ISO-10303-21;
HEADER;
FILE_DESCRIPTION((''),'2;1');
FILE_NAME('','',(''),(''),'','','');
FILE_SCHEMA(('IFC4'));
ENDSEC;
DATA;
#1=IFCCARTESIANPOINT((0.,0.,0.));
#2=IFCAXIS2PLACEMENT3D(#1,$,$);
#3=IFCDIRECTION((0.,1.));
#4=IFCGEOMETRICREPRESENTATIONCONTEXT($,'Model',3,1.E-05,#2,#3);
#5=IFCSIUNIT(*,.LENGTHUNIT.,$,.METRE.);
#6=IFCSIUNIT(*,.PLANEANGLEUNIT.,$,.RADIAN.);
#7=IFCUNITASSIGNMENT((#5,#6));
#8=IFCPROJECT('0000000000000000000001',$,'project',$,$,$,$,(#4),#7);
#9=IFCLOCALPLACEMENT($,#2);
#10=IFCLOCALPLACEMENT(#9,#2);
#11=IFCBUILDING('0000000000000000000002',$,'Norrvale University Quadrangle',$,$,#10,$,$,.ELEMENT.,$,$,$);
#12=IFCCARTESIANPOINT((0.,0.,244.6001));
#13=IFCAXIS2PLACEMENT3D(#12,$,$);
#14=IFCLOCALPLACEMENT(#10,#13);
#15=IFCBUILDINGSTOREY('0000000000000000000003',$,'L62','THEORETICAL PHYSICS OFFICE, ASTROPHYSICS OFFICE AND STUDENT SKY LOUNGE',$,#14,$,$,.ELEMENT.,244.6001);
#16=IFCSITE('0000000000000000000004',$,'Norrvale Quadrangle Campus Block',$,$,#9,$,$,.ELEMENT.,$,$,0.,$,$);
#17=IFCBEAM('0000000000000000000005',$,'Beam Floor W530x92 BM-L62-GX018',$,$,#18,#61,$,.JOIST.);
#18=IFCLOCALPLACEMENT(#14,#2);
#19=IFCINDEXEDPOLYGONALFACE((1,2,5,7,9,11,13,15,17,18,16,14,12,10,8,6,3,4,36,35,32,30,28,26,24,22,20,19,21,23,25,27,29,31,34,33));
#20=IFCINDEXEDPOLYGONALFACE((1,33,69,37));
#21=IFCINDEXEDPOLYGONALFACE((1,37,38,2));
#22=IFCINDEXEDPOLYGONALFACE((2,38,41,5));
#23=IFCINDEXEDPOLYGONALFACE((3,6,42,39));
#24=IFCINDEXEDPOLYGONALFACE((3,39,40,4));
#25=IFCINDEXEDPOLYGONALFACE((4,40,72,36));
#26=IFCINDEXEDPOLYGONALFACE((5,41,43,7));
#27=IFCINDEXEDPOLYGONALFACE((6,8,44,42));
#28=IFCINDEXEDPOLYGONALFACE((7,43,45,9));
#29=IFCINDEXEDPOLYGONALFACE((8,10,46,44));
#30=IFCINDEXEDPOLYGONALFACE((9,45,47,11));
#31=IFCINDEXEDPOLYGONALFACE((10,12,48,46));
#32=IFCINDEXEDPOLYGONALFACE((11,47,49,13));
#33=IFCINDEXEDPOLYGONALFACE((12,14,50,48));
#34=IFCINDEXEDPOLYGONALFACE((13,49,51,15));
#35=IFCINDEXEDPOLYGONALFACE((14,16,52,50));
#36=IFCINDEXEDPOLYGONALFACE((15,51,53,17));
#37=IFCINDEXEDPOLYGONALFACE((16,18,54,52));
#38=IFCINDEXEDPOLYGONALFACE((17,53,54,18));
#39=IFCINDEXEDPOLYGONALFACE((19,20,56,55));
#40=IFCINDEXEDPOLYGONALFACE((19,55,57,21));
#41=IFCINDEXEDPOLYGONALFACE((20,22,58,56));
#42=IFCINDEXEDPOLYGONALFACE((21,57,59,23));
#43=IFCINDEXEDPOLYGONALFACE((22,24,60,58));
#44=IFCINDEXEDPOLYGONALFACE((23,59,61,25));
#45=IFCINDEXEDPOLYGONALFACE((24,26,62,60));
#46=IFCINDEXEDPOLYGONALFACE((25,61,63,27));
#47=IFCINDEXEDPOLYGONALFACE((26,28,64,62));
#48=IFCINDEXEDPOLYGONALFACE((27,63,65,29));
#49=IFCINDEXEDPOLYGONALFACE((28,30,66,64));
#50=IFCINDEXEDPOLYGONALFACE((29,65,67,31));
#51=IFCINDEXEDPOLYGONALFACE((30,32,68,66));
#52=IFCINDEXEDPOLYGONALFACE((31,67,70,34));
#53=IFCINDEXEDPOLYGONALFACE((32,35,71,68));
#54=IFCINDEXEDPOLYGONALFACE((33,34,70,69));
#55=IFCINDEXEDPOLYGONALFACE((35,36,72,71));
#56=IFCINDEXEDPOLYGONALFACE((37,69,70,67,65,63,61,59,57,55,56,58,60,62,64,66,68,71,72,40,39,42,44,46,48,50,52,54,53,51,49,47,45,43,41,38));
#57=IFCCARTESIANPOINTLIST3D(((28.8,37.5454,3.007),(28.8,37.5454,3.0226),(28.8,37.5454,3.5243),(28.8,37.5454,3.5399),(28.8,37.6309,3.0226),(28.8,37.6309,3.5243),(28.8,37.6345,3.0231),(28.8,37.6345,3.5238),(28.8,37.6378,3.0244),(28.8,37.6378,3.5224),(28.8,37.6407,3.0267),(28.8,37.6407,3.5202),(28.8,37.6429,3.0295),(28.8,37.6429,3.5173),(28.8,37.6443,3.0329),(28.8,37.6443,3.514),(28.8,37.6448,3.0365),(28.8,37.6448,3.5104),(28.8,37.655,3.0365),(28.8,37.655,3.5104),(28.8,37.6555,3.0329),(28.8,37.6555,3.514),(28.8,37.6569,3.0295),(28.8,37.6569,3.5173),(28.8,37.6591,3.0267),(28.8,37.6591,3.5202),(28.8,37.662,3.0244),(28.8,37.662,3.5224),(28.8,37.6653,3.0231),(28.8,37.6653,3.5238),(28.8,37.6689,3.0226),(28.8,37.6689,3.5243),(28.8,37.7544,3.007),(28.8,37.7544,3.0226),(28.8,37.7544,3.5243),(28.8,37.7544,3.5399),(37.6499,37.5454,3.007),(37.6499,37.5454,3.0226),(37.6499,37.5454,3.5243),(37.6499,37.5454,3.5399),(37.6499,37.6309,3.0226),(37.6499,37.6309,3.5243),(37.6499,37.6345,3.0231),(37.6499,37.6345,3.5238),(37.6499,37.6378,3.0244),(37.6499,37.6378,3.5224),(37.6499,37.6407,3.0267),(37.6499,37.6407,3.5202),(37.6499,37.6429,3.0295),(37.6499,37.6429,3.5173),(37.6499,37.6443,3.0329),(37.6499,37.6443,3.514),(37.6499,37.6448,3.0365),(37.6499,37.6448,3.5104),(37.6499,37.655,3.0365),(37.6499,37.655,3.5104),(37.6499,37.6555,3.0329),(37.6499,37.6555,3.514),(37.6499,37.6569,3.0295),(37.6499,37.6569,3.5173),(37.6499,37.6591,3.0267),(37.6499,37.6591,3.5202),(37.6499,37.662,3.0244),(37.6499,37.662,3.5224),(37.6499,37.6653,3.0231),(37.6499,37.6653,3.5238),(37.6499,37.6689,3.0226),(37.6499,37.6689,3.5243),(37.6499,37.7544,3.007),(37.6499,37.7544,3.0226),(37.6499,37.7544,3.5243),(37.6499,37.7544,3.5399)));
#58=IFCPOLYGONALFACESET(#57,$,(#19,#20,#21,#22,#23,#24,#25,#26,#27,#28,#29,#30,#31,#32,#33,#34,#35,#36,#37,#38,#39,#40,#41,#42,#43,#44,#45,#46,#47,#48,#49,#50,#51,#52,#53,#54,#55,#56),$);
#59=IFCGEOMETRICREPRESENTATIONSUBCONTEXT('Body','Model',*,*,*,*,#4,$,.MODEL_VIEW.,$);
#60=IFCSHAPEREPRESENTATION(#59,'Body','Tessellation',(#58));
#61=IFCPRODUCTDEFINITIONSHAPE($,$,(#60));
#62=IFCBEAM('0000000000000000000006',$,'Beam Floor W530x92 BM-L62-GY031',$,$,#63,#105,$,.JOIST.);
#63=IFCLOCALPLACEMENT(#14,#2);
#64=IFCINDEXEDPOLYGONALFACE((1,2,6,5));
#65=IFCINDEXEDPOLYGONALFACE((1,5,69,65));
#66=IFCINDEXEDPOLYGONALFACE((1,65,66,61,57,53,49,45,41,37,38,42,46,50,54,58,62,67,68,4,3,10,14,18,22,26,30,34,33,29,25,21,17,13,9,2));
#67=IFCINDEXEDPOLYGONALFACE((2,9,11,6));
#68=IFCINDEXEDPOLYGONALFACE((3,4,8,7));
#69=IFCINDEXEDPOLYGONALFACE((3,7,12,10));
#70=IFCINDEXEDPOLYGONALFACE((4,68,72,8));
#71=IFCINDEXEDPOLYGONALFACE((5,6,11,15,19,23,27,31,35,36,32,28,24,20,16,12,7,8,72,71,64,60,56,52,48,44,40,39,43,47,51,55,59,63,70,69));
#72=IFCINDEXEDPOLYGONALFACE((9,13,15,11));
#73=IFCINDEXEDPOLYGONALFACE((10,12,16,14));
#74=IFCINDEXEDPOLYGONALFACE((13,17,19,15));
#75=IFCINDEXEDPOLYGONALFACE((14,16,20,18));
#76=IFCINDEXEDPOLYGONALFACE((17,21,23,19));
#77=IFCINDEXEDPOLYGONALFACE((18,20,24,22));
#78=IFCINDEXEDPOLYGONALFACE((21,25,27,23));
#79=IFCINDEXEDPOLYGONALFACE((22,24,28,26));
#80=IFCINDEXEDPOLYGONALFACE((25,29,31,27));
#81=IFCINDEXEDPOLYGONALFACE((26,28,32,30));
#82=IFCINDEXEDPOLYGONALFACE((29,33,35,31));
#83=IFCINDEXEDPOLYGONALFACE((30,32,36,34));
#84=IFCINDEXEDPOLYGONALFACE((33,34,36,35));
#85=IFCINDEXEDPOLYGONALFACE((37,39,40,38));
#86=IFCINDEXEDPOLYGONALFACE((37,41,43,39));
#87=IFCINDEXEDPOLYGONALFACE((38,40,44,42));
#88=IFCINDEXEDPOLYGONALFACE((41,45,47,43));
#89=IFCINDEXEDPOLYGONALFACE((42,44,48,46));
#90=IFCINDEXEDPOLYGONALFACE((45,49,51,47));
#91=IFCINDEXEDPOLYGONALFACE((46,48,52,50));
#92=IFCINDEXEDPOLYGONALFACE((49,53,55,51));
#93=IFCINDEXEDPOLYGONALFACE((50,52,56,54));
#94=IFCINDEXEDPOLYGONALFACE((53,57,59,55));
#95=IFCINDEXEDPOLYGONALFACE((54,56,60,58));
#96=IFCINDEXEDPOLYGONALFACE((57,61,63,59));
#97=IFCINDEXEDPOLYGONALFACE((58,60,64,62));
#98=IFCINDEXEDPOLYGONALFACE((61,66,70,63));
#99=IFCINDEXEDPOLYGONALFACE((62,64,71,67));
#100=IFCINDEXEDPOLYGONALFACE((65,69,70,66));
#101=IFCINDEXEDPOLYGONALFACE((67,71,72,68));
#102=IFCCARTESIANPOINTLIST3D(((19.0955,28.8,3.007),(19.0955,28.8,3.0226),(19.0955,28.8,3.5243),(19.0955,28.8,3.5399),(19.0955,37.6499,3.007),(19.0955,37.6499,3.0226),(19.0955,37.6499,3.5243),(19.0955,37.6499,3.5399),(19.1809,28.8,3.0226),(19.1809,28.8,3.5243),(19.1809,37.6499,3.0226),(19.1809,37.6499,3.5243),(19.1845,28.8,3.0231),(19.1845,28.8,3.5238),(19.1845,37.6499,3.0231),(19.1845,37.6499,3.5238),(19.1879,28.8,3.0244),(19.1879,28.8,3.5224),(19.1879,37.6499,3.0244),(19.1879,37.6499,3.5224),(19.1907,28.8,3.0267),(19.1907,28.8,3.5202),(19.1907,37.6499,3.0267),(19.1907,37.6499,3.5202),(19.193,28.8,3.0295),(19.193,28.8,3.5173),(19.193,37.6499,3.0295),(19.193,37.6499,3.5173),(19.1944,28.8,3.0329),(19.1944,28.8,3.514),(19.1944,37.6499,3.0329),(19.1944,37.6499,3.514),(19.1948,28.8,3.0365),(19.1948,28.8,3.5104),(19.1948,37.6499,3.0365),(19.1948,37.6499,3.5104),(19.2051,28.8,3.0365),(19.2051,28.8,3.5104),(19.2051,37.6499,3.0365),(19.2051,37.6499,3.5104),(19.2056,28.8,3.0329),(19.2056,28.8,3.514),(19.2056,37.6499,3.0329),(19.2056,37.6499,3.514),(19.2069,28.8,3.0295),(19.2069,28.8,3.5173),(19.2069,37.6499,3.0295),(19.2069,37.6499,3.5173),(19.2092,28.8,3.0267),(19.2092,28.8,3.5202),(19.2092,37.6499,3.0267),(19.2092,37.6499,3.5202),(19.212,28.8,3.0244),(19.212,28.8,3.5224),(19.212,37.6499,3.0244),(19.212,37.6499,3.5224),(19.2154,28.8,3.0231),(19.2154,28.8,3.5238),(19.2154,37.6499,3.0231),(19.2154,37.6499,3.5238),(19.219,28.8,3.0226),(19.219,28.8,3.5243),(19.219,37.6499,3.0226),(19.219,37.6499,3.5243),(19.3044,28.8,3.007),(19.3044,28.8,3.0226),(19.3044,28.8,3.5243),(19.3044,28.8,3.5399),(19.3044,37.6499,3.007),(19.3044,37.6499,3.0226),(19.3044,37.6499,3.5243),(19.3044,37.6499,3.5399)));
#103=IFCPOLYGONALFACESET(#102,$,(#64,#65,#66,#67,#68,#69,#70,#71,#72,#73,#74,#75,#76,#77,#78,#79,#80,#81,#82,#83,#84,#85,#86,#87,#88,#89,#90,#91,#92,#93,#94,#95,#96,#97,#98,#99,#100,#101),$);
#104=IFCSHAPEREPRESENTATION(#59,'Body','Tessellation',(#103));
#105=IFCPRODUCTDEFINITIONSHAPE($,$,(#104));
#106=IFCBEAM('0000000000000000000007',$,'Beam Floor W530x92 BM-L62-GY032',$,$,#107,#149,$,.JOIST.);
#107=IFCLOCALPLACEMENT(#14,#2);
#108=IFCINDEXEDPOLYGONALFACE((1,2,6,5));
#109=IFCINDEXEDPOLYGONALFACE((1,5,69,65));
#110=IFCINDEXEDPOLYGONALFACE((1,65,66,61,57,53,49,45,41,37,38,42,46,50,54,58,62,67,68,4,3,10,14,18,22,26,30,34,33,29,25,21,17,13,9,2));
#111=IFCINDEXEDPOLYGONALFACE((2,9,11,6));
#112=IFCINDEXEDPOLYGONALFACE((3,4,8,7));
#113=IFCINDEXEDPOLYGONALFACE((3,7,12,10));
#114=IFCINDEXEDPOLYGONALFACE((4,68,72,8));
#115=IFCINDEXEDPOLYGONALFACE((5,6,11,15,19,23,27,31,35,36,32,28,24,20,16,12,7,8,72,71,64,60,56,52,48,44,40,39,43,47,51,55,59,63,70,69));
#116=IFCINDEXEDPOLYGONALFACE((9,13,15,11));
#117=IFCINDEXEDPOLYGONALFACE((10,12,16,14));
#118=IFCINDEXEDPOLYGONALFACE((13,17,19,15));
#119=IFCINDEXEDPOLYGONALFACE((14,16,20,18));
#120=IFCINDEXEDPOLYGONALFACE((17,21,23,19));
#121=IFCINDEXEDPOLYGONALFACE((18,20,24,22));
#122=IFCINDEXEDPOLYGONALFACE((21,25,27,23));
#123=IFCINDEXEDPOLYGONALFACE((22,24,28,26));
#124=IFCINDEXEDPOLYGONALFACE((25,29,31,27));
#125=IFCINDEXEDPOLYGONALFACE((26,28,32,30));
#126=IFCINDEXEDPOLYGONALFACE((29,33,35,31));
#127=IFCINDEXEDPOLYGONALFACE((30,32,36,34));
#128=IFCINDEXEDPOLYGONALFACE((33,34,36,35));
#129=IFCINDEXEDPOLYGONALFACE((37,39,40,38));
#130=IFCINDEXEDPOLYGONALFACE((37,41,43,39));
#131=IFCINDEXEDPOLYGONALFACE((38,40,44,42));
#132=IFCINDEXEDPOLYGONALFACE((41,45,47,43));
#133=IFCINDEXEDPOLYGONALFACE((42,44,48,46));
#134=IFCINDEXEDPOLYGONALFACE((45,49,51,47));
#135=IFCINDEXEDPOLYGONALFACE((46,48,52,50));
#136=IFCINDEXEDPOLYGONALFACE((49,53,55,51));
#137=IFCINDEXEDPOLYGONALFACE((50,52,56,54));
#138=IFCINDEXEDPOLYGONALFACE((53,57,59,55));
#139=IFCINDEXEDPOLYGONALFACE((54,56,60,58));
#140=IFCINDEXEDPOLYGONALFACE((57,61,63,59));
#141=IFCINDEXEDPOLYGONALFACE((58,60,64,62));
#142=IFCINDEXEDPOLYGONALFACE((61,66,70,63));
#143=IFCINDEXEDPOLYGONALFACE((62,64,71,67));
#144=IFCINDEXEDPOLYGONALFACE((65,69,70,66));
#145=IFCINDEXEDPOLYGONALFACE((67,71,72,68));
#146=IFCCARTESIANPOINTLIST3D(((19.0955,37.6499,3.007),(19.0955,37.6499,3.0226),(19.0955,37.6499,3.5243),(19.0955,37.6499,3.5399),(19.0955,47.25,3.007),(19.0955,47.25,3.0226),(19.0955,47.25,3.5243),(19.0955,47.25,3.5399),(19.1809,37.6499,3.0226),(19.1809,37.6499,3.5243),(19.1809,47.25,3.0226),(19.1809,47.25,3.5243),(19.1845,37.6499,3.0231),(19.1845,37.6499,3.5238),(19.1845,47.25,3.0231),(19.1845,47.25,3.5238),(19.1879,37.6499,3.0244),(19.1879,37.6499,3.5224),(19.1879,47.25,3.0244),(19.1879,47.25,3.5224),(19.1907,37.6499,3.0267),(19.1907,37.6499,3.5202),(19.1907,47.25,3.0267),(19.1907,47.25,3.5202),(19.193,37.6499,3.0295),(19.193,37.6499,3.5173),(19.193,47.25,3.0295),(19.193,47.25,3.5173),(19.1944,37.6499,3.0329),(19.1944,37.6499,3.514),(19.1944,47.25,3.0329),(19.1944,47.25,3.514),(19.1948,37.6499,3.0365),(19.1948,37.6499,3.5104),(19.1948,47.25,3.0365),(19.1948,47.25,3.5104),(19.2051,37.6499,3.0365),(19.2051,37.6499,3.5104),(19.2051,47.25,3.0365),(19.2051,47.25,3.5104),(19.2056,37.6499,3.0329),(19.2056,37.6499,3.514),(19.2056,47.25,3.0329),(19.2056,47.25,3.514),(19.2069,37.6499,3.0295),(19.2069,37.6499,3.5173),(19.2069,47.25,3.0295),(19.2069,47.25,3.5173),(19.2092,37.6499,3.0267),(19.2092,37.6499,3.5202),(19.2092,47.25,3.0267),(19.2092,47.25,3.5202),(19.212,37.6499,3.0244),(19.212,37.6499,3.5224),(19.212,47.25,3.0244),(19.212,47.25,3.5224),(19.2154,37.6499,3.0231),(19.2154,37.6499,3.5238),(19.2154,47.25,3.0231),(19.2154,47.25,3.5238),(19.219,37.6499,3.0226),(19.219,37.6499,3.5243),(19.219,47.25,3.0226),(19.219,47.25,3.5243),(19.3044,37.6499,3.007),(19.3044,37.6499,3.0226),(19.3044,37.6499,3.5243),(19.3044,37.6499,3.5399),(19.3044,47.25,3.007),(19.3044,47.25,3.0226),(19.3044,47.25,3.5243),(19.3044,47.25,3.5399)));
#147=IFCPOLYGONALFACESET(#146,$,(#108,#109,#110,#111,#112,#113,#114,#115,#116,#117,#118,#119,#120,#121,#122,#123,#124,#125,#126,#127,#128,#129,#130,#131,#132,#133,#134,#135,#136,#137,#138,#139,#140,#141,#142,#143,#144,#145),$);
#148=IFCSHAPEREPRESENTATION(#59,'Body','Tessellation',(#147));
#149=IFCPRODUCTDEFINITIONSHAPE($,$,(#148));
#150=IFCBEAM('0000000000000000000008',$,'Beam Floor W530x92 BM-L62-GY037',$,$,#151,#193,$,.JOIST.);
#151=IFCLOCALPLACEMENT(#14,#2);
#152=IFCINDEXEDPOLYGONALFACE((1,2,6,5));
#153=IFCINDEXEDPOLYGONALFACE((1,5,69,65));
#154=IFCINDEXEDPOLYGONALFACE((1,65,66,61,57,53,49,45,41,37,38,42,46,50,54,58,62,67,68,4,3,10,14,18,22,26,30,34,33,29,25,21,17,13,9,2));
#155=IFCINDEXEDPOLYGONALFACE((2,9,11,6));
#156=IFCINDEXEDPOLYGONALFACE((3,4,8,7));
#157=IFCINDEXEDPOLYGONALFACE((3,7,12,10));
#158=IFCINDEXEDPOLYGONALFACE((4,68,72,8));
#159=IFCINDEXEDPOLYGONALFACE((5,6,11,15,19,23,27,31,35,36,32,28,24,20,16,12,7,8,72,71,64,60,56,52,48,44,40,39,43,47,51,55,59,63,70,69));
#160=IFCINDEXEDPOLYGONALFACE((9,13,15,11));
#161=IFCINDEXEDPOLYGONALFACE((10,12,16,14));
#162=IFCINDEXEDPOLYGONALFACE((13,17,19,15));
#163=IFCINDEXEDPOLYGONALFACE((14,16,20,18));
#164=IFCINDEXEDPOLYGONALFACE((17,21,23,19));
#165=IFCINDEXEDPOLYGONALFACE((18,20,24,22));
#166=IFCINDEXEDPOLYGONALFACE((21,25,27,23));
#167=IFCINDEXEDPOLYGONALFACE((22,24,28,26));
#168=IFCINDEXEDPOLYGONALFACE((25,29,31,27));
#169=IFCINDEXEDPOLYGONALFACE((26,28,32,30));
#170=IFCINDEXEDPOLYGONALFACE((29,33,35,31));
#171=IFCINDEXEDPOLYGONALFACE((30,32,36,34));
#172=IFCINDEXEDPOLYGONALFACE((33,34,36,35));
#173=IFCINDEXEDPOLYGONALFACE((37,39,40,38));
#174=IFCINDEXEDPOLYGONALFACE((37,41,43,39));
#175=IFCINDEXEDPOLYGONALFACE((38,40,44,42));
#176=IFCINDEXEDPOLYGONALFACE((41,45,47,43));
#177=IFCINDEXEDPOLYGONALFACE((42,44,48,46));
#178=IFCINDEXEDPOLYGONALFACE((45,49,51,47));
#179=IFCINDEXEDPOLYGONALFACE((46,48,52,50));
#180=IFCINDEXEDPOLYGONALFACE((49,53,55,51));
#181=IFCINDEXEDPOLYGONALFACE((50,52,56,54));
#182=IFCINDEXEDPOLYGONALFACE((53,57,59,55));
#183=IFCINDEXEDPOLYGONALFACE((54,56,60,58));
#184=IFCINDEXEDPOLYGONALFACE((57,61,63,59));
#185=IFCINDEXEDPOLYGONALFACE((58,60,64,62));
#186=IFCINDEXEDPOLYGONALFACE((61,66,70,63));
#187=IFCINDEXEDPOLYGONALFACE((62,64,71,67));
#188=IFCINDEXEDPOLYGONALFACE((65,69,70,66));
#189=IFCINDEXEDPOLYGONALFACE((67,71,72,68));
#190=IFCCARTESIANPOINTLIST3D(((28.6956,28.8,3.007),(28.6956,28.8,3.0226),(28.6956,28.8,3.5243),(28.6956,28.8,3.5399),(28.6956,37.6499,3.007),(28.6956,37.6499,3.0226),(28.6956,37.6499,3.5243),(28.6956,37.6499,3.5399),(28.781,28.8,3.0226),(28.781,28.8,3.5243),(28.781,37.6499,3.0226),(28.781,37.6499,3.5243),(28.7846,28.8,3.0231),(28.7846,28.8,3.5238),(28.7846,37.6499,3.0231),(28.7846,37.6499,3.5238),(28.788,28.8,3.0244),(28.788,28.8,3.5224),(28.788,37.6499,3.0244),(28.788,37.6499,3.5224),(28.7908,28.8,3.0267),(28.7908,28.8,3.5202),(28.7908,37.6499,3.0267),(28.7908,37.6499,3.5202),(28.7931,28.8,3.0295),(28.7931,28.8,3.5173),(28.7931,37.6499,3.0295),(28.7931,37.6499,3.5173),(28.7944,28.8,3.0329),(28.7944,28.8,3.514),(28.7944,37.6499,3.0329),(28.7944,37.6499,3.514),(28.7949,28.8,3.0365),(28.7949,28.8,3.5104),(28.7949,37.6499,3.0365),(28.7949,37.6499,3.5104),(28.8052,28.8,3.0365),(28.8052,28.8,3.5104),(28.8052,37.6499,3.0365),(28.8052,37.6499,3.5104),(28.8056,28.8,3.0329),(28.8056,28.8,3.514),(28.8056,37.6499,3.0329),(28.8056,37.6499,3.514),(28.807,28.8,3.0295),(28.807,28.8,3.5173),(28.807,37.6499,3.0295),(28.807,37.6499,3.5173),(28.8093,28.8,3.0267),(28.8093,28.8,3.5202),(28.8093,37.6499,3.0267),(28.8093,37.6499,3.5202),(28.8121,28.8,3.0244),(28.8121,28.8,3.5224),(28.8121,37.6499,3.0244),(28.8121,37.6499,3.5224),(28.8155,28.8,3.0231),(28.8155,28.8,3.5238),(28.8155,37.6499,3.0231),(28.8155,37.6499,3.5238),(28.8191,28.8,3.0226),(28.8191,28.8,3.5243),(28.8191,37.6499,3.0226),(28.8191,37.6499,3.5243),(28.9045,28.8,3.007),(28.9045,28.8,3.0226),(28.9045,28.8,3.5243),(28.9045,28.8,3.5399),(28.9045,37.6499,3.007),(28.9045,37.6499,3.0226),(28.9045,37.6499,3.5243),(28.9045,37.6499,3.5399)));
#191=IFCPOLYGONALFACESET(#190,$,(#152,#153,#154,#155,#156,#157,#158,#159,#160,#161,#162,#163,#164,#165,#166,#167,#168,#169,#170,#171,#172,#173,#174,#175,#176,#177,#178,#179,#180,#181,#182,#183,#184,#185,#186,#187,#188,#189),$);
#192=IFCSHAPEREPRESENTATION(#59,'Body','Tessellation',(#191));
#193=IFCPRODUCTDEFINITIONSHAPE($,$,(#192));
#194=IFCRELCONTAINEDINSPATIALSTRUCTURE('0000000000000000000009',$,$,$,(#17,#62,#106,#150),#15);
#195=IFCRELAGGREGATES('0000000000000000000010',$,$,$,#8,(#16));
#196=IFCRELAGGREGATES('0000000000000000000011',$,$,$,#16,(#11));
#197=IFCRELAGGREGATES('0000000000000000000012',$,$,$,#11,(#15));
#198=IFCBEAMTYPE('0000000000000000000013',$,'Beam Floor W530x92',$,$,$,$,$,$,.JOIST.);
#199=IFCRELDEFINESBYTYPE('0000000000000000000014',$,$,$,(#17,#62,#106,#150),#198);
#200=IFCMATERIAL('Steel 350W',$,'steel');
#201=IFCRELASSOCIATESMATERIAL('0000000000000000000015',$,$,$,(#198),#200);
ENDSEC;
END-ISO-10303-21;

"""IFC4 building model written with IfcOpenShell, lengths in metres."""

from ifc_helpers import new_model, si_unit, direction, frame, origin, origin_2d, place, context, subcontext, project, spatial, i_section, extrude, material, material_profile, profile_set, type_object, element, save


model = new_model("IFC4")

# Units and contexts
model_context = context("Model", 3, precision=1e-05, world=origin(), true_north=direction((0.0, 1.0)))
body_context = subcontext(model_context, "Body", "Model", "MODEL_VIEW")
ifc_project = project(units=[si_unit("LENGTHUNIT", "METRE"), si_unit("PLANEANGLEUNIT", "RADIAN")], contexts=[model_context])

# Site, building, storey
site_placement = place(None, origin())
site = spatial("IfcSite", under=ifc_project, at=site_placement, Name="Norrvale Quadrangle Campus Block", CompositionType="ELEMENT", RefElevation=0.0)
building_placement = place(site_placement, origin())
building = spatial("IfcBuilding", under=site, at=building_placement, Name="Norrvale University Quadrangle", CompositionType="ELEMENT")
storey_placement = place(building_placement, frame((0.0, 0.0, 244.6001)))
storey = spatial("IfcBuildingStorey", under=building, at=storey_placement, Name="L62", Description="THEORETICAL PHYSICS OFFICE, ASTROPHYSICS OFFICE AND STUDENT SKY LOUNGE", CompositionType="ELEMENT", Elevation=244.6001)

# Beams
ifc_material_1 = material(Name="Steel 350W", Category="steel")
ifc_material_profile_1 = material_profile(ifc_material_1, i_section(OverallWidth=0.209, OverallDepth=0.533, WebThickness=0.0103, FlangeThickness=0.0156, FilletRadius=0.0139, at=origin_2d()), Name="Steel 350W")
ifc_profile_set_1 = profile_set([ifc_material_profile_1], Name="Steel 350W")
beam_type_1 = type_object("IfcBeamType", Name="Beam Floor W530x92", PredefinedType="JOIST", material=ifc_profile_set_1)
for number, where, z_axis, x_axis, name in (
    (1, (28.8, 37.6499, 3.2734), (1.0, 0.0, 0.0), (0.0, 1.0, 0.0), "Beam Floor W530x92 BM-L62-GX018"),
    (2, (19.2, 28.8, 3.2734), (0.0, 1.0, 0.0), (-1.0, 0.0, 0.0), "Beam Floor W530x92 BM-L62-GY031"),
):
    element("IfcBeam", number, at=place(storey_placement, frame(where, z_axis=z_axis, x_axis=x_axis)), inside=storey, type_object=beam_type_1, Name=name, PredefinedType="JOIST", context=body_context, shape_type="SweptSolid", body=[
        extrude(i_section(OverallWidth=0.209, OverallDepth=0.533, WebThickness=0.0103, FlangeThickness=0.0156, FilletRadius=0.0139, at=origin_2d()), origin(), (0.0, 0.0, 1.0), 8.8499),
    ])
beam_1_placement = place(storey_placement, frame((19.2, 37.6499, 3.2734), z_axis=(0.0, 1.0, 0.0), x_axis=(-1.0, 0.0, 0.0)))
element("IfcBeam", 3, at=beam_1_placement, inside=storey, type_object=beam_type_1, Name="Beam Floor W530x92 BM-L62-GY032", PredefinedType="JOIST", context=body_context, shape_type="SweptSolid", body=[
    extrude(i_section(OverallWidth=0.209, OverallDepth=0.533, WebThickness=0.0103, FlangeThickness=0.0156, FilletRadius=0.0139, at=origin_2d()), origin(), (0.0, 0.0, 1.0), 9.6001),
])
beam_2_placement = place(storey_placement, frame((28.8, 28.8, 3.2734), z_axis=(0.0, 1.0, 0.0), x_axis=(-1.0, 0.0, 0.0)))
element("IfcBeam", 4, at=beam_2_placement, inside=storey, type_object=beam_type_1, Name="Beam Floor W530x92 BM-L62-GY037", PredefinedType="JOIST", context=body_context, shape_type="SweptSolid", body=[
    extrude(i_section(OverallWidth=0.209, OverallDepth=0.533, WebThickness=0.0103, FlangeThickness=0.0156, FilletRadius=0.0139, at=origin_2d()), origin(), (0.0, 0.0, 1.0), 8.8499),
])

save(model, "model.ifc")
